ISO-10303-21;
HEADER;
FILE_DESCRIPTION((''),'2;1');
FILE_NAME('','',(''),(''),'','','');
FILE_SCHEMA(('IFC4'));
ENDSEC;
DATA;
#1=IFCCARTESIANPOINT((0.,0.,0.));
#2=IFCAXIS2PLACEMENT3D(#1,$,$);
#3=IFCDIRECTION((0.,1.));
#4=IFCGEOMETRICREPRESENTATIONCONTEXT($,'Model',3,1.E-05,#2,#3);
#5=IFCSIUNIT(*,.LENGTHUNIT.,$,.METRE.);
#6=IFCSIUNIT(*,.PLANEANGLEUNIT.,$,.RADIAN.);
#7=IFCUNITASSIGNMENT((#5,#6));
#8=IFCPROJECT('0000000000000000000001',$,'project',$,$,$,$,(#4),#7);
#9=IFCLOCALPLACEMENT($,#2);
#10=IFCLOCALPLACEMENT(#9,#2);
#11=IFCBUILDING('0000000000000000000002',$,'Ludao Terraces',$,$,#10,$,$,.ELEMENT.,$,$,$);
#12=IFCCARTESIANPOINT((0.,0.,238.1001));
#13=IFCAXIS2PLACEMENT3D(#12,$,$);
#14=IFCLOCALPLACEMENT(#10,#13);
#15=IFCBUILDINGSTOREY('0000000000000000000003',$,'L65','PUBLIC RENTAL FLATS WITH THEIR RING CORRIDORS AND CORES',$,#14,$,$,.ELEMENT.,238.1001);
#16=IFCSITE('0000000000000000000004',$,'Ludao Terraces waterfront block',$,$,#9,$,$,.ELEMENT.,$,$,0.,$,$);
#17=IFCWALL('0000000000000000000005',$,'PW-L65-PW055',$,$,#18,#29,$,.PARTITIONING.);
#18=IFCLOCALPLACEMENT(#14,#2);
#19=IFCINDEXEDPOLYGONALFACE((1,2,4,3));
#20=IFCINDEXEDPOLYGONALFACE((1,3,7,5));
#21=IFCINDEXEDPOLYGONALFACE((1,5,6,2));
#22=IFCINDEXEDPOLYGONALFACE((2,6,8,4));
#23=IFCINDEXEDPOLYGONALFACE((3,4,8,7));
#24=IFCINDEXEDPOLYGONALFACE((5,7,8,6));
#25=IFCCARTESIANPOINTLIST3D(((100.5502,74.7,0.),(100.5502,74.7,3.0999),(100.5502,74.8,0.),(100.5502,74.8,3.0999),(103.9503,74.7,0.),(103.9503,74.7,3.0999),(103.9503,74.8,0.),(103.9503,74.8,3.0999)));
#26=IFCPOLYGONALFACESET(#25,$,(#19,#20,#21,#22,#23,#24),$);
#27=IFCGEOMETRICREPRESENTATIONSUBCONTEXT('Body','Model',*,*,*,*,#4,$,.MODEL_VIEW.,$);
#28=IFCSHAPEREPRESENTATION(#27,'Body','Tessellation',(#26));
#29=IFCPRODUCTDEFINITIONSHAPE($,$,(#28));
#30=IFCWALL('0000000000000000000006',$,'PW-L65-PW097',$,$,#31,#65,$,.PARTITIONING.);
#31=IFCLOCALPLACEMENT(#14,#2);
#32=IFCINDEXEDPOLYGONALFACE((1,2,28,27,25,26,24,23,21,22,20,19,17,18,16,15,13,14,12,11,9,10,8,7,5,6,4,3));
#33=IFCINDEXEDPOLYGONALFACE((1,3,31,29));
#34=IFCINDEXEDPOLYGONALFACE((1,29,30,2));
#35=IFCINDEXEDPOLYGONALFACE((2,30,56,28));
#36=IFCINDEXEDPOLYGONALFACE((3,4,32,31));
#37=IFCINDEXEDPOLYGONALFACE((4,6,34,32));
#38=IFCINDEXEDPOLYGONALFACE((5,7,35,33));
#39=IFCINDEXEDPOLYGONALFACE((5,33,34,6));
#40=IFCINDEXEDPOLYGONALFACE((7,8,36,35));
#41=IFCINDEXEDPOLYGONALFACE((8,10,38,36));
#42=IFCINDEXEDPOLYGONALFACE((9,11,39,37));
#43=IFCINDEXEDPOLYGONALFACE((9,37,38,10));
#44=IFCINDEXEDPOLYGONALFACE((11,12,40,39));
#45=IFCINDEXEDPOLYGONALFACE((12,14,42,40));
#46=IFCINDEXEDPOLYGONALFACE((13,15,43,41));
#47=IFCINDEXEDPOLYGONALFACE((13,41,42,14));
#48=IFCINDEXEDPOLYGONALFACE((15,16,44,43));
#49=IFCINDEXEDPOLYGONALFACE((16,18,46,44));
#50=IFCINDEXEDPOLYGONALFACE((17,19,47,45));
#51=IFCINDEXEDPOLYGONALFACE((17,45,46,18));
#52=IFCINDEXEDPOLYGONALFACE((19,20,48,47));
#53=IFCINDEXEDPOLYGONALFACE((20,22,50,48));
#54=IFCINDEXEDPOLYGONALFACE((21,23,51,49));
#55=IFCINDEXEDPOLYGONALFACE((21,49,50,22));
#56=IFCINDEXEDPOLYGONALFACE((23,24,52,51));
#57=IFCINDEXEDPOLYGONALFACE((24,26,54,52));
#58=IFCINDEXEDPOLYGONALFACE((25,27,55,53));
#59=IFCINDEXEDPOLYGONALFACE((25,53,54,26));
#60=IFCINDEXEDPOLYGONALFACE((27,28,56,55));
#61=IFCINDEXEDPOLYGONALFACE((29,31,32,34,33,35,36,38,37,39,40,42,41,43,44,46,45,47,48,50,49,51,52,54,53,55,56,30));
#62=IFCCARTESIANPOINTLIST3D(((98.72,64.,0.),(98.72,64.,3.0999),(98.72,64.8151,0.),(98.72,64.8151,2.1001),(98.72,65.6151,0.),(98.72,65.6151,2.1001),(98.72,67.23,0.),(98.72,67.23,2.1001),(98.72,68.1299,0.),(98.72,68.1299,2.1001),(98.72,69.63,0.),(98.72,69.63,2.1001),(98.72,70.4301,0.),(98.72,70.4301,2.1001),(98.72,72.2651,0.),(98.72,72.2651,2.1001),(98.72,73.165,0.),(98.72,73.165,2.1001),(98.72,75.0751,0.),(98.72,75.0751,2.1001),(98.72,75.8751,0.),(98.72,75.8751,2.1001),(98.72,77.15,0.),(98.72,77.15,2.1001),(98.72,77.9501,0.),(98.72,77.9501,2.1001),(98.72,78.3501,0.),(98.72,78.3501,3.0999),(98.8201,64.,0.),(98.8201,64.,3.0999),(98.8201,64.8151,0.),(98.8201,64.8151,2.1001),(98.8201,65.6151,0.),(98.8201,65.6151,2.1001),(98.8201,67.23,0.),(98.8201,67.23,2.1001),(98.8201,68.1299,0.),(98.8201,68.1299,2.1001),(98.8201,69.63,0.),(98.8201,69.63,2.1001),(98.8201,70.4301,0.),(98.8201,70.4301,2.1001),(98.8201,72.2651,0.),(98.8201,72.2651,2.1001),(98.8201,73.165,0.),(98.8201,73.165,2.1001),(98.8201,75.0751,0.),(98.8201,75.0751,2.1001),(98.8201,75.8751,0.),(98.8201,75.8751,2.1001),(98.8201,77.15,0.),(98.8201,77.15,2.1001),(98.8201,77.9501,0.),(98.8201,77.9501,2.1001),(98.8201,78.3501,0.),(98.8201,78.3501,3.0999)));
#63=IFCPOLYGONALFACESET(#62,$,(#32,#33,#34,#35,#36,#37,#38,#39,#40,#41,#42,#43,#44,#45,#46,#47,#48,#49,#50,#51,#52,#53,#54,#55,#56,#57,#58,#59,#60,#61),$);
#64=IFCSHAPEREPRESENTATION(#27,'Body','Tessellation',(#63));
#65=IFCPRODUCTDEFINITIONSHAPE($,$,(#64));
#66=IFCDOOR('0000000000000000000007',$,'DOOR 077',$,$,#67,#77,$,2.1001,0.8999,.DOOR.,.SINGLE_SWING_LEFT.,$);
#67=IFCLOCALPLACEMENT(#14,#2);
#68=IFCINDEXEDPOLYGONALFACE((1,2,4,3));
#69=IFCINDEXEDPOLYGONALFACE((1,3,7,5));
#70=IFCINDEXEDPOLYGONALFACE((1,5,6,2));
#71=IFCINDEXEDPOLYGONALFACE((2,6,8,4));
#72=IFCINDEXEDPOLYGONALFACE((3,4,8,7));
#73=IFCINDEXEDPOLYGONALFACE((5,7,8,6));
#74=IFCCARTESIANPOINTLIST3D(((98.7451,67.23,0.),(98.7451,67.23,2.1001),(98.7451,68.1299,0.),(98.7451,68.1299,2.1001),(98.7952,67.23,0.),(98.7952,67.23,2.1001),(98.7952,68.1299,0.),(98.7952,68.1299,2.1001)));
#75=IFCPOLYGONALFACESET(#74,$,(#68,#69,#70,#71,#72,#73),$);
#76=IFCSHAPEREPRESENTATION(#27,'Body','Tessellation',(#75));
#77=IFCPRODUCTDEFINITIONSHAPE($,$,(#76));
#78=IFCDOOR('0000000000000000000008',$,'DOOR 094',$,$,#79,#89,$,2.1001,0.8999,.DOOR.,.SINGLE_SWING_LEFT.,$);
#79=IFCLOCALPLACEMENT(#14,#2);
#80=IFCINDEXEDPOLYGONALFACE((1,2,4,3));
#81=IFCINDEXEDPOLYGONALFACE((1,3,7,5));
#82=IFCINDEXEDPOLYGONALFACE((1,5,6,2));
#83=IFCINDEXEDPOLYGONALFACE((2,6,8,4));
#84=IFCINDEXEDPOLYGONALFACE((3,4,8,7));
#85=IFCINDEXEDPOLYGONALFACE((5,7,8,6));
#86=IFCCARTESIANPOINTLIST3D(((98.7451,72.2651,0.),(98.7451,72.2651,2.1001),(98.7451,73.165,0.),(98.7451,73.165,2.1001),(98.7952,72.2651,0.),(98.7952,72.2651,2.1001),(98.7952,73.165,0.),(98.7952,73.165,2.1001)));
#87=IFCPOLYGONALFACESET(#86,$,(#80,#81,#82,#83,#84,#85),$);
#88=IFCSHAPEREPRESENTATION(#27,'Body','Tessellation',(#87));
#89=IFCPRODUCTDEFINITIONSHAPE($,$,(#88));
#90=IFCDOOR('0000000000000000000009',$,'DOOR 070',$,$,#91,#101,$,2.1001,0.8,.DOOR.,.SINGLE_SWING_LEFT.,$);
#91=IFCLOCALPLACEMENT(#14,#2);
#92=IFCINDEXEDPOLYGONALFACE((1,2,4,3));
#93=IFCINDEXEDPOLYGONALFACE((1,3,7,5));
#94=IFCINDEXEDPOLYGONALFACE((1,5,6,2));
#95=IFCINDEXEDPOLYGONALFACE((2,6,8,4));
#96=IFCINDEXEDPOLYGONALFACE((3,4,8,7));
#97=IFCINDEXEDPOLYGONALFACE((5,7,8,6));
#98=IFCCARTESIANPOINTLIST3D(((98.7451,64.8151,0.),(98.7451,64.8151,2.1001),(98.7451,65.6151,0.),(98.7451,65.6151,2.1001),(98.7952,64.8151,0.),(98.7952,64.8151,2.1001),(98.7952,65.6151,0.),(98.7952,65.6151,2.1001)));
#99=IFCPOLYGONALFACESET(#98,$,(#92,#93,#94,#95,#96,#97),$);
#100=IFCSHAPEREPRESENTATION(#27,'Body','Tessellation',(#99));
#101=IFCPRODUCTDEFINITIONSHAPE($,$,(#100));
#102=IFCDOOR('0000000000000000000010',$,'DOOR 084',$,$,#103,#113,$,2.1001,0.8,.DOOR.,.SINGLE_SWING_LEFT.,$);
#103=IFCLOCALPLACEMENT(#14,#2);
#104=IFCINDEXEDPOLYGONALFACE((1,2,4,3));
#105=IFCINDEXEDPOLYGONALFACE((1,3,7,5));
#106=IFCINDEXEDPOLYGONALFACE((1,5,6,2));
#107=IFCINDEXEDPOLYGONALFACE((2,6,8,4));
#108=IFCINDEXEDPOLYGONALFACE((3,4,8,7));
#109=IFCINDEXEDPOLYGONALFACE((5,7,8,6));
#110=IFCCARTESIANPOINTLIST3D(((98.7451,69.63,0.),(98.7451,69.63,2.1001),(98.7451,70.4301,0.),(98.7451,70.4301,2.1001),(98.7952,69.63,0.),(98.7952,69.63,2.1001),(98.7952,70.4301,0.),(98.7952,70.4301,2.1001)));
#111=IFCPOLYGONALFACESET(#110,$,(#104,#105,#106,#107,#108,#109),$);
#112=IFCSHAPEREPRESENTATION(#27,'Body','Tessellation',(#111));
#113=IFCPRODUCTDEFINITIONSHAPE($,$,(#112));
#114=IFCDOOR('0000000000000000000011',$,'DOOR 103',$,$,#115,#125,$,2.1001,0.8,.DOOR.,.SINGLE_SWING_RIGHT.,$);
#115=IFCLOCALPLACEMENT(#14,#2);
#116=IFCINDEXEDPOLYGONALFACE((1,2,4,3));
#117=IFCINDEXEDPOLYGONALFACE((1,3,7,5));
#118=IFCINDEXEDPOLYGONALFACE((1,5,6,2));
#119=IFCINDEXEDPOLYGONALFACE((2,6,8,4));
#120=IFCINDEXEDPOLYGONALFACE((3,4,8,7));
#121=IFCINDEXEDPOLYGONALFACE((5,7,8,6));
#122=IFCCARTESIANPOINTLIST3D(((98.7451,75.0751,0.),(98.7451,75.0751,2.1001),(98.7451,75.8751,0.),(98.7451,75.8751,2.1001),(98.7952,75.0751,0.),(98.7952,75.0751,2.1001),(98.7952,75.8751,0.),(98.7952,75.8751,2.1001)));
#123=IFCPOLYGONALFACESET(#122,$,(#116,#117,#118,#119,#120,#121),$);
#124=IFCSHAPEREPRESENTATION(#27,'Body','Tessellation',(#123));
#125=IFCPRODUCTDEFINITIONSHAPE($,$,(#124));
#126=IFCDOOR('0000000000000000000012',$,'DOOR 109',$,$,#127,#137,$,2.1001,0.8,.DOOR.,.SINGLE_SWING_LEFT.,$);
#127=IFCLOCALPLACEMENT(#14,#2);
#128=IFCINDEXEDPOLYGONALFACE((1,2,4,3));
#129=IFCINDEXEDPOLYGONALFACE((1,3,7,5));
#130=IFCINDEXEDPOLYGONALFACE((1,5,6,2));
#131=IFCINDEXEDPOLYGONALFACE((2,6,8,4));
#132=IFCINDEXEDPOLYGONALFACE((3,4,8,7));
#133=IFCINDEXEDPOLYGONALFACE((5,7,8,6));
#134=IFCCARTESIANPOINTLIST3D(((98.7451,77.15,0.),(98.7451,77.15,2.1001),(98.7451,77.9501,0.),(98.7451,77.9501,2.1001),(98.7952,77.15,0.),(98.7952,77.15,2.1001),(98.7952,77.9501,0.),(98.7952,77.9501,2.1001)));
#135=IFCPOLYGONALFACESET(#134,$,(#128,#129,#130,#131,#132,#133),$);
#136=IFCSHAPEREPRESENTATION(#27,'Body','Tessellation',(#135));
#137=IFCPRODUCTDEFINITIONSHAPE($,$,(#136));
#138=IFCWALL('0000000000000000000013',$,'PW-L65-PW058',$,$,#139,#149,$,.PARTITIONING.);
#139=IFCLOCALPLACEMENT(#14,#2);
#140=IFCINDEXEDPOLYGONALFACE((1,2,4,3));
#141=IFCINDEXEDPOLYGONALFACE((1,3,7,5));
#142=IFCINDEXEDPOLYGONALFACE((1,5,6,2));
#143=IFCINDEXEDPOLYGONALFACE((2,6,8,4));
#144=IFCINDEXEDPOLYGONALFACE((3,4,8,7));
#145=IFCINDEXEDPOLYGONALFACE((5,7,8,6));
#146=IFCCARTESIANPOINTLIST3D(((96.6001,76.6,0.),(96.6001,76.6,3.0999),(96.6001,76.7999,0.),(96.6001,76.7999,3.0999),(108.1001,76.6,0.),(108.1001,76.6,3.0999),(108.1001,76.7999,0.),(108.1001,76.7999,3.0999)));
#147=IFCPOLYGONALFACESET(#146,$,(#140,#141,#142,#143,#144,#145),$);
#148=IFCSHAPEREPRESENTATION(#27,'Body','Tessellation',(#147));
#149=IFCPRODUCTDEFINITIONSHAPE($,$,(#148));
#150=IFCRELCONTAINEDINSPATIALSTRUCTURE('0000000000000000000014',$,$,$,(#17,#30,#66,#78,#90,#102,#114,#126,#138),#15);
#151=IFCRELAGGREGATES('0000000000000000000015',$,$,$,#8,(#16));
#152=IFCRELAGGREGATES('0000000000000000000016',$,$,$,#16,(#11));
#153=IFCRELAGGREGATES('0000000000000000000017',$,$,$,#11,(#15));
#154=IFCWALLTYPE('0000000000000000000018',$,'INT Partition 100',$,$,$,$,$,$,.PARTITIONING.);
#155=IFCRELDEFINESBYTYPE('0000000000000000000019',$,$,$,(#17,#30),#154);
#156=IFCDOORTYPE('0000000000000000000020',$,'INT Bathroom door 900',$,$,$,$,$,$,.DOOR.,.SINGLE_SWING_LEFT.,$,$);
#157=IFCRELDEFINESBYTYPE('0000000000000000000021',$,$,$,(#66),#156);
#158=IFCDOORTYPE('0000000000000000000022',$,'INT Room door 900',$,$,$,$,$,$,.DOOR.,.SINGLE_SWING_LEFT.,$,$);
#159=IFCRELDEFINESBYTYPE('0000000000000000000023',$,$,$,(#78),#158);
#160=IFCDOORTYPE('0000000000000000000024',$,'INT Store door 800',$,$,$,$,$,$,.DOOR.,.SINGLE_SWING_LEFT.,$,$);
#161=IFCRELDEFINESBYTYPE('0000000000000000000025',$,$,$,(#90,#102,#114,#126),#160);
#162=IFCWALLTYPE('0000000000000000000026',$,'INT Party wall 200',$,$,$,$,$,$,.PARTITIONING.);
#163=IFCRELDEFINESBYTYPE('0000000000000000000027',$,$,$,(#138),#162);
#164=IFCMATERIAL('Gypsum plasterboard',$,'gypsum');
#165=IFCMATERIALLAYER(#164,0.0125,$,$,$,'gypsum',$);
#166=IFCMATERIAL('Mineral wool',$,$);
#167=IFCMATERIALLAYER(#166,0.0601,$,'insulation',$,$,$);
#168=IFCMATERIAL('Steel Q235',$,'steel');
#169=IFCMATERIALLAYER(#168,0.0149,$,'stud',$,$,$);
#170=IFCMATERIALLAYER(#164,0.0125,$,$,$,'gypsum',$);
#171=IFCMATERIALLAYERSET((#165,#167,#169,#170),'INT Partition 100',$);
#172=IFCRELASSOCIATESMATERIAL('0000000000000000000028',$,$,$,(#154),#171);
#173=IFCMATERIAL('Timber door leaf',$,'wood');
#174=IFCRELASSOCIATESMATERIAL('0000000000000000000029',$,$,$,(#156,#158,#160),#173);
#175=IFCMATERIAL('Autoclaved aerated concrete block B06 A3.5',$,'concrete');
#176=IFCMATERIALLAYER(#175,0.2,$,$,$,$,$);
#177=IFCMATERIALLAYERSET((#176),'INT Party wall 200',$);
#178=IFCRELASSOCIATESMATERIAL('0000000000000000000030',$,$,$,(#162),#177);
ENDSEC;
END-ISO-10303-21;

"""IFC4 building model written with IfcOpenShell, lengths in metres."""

from ifc_helpers import new_model, si_unit, direction, frame, frame_2d, origin, place, context, subcontext, project, spatial, rectangle, extrude, material, layer, layer_set, type_object, element, fill, save


model = new_model("IFC4")

# Units and contexts
model_context = context("Model", 3, precision=1e-05, world=origin(), true_north=direction((0.0, 1.0)))
body_context = subcontext(model_context, "Body", "Model", "MODEL_VIEW")
ifc_project = project(units=[si_unit("LENGTHUNIT", "METRE"), si_unit("PLANEANGLEUNIT", "RADIAN")], contexts=[model_context])

# Site, building, storey
site_placement = place(None, origin())
site = spatial("IfcSite", under=ifc_project, at=site_placement, Name="Ludao Terraces waterfront block", CompositionType="ELEMENT", RefElevation=0.0)
building_placement = place(site_placement, origin())
building = spatial("IfcBuilding", under=site, at=building_placement, Name="Ludao Terraces", CompositionType="ELEMENT")
storey_placement = place(building_placement, frame((0.0, 0.0, 238.1001)))
storey = spatial("IfcBuildingStorey", under=building, at=storey_placement, Name="L65", Description="PUBLIC RENTAL FLATS WITH THEIR RING CORRIDORS AND CORES", CompositionType="ELEMENT", Elevation=238.1001)

# Shared definitions
ifc_material_1 = material(Name="Mineral wool")

# Wall
ifc_material_2 = material(Name="Gypsum plasterboard", Category="gypsum")
ifc_layer_1 = layer(ifc_material_2, 0.0125, Category="gypsum")
ifc_layer_2 = layer(ifc_material_1, 0.0601, Name="insulation")
ifc_material_3 = material(Name="Steel Q235", Category="steel")
ifc_layer_3 = layer(ifc_material_3, 0.0149, Name="stud")
ifc_layer_4 = layer(ifc_material_2, 0.0125, Category="gypsum")
ifc_layer_set_1 = layer_set([ifc_layer_1, ifc_layer_2, ifc_layer_3, ifc_layer_4], Name="INT Partition 100")
wall_type_1 = type_object("IfcWallType", Name="INT Partition 100", PredefinedType="PARTITIONING", material=ifc_layer_set_1)
wall_1_placement = place(storey_placement, frame((100.55, 74.75, 0.0), z_axis=(0.0, 0.0, 1.0), x_axis=(1.0, 0.0, 0.0)))
element("IfcWall", 1, at=wall_1_placement, inside=storey, type_object=wall_type_1, Name="PW-L65-PW055", PredefinedType="PARTITIONING", context=body_context, shape_type="SweptSolid", body=[
    extrude(rectangle(XDim=3.4001, YDim=0.1001, at=frame_2d((1.7002, 0.0))), origin(), (0.0, 0.0, 1.0), 3.0999),
])

# Wall, openings, doors
wall_2_placement = place(storey_placement, frame((98.77, 64.0, 0.0), z_axis=(0.0, 0.0, 1.0), x_axis=(0.0, 1.0, 0.0)))
wall_2 = element("IfcWall", 2, at=wall_2_placement, inside=storey, type_object=wall_type_1, Name="PW-L65-PW097", PredefinedType="PARTITIONING", context=body_context, shape_type="SweptSolid", body=[
    extrude(rectangle(XDim=14.3501, YDim=0.1001, at=frame_2d((7.175, 0.0))), origin(), (0.0, 0.0, 1.0), 3.0999),
])
opening_1_placement = place(wall_2_placement, frame((0.8152, 0.0, 0.0)))
opening_1 = element("IfcOpeningElement", 3, at=opening_1_placement, cuts=wall_2, PredefinedType="OPENING", context=body_context, shape_type="SweptSolid", body=[
    extrude(rectangle(XDim=0.8, YDim=2.1001, at=frame_2d((0.3999, 1.05))), frame((0.0, 0.0601, 0.0), z_axis=(0.0, -1.0, 0.0), x_axis=(1.0, 0.0, 0.0)), (0.0, 0.0, 1.0), 0.1201),
])
opening_2_placement = place(wall_2_placement, frame((3.23, 0.0, 0.0)))
opening_2 = element("IfcOpeningElement", 4, at=opening_2_placement, cuts=wall_2, PredefinedType="OPENING", context=body_context, shape_type="SweptSolid", body=[
    extrude(rectangle(XDim=0.8999, YDim=2.1001, at=frame_2d((0.45, 1.05))), frame((0.0, 0.0601, 0.0), z_axis=(0.0, -1.0, 0.0), x_axis=(1.0, 0.0, 0.0)), (0.0, 0.0, 1.0), 0.1201),
])
opening_3_placement = place(wall_2_placement, frame((5.6301, 0.0, 0.0)))
opening_3 = element("IfcOpeningElement", 5, at=opening_3_placement, cuts=wall_2, PredefinedType="OPENING", context=body_context, shape_type="SweptSolid", body=[
    extrude(rectangle(XDim=0.8, YDim=2.1001, at=frame_2d((0.3999, 1.05))), frame((0.0, 0.0601, 0.0), z_axis=(0.0, -1.0, 0.0), x_axis=(1.0, 0.0, 0.0)), (0.0, 0.0, 1.0), 0.1201),
])
opening_4_placement = place(wall_2_placement, frame((8.2651, 0.0, 0.0)))
opening_4 = element("IfcOpeningElement", 6, at=opening_4_placement, cuts=wall_2, PredefinedType="OPENING", context=body_context, shape_type="SweptSolid", body=[
    extrude(rectangle(XDim=0.8999, YDim=2.1001, at=frame_2d((0.45, 1.05))), frame((0.0, 0.0601, 0.0), z_axis=(0.0, -1.0, 0.0), x_axis=(1.0, 0.0, 0.0)), (0.0, 0.0, 1.0), 0.1201),
])
opening_5_placement = place(wall_2_placement, frame((11.0752, 0.0, 0.0)))
opening_5 = element("IfcOpeningElement", 7, at=opening_5_placement, cuts=wall_2, PredefinedType="OPENING", context=body_context, shape_type="SweptSolid", body=[
    extrude(rectangle(XDim=0.8, YDim=2.1001, at=frame_2d((0.3999, 1.05))), frame((0.0, 0.0601, 0.0), z_axis=(0.0, -1.0, 0.0), x_axis=(1.0, 0.0, 0.0)), (0.0, 0.0, 1.0), 0.1201),
])
opening_6_placement = place(wall_2_placement, frame((13.1501, 0.0, 0.0)))
opening_6 = element("IfcOpeningElement", 8, at=opening_6_placement, cuts=wall_2, PredefinedType="OPENING", context=body_context, shape_type="SweptSolid", body=[
    extrude(rectangle(XDim=0.8, YDim=2.1001, at=frame_2d((0.3999, 1.05))), frame((0.0, 0.0601, 0.0), z_axis=(0.0, -1.0, 0.0), x_axis=(1.0, 0.0, 0.0)), (0.0, 0.0, 1.0), 0.1201),
])
ifc_material_4 = material(Name="Timber door leaf", Category="wood")
door_type_1 = type_object("IfcDoorType", Name="INT Bathroom door 900", OperationType="SINGLE_SWING_LEFT", PredefinedType="DOOR", material=ifc_material_4)
door_1_placement = place(opening_2_placement, origin())
door_1 = element("IfcDoor", 9, at=door_1_placement, inside=storey, type_object=door_type_1, Name="DOOR 077", OperationType="SINGLE_SWING_LEFT", OverallHeight=2.1001, OverallWidth=0.8999, PredefinedType="DOOR", context=body_context, shape_type="SweptSolid", body=[
    extrude(rectangle(XDim=0.8999, YDim=2.1001, at=frame_2d((0.45, 1.05))), frame((0.0, 0.0249, 0.0), z_axis=(0.0, -1.0, 0.0), x_axis=(1.0, 0.0, 0.0)), (0.0, 0.0, 1.0), 0.05),
])
fill(opening_2, door_1)
door_type_2 = type_object("IfcDoorType", Name="INT Room door 900", OperationType="SINGLE_SWING_LEFT", PredefinedType="DOOR", material=ifc_material_4)
door_2_placement = place(opening_4_placement, origin())
door_2 = element("IfcDoor", 10, at=door_2_placement, inside=storey, type_object=door_type_2, Name="DOOR 094", OperationType="SINGLE_SWING_LEFT", OverallHeight=2.1001, OverallWidth=0.8999, PredefinedType="DOOR", context=body_context, shape_type="SweptSolid", body=[
    extrude(rectangle(XDim=0.8999, YDim=2.1001, at=frame_2d((0.45, 1.05))), frame((0.0, 0.0249, 0.0), z_axis=(0.0, -1.0, 0.0), x_axis=(1.0, 0.0, 0.0)), (0.0, 0.0, 1.0), 0.05),
])
fill(opening_4, door_2)
door_type_3 = type_object("IfcDoorType", Name="INT Store door 800", OperationType="SINGLE_SWING_LEFT", PredefinedType="DOOR", material=ifc_material_4)
door_3_placement = place(opening_1_placement, origin())
door_3 = element("IfcDoor", 11, at=door_3_placement, inside=storey, type_object=door_type_3, Name="DOOR 070", OperationType="SINGLE_SWING_LEFT", OverallHeight=2.1001, OverallWidth=0.8, PredefinedType="DOOR", context=body_context, shape_type="SweptSolid", body=[
    extrude(rectangle(XDim=0.8, YDim=2.1001, at=frame_2d((0.3999, 1.05))), frame((0.0, 0.0249, 0.0), z_axis=(0.0, -1.0, 0.0), x_axis=(1.0, 0.0, 0.0)), (0.0, 0.0, 1.0), 0.05),
])
fill(opening_1, door_3)
door_4_placement = place(opening_3_placement, origin())
door_4 = element("IfcDoor", 12, at=door_4_placement, inside=storey, type_object=door_type_3, Name="DOOR 084", OperationType="SINGLE_SWING_LEFT", OverallHeight=2.1001, OverallWidth=0.8, PredefinedType="DOOR", context=body_context, shape_type="SweptSolid", body=[
    extrude(rectangle(XDim=0.8, YDim=2.1001, at=frame_2d((0.3999, 1.05))), frame((0.0, 0.0249, 0.0), z_axis=(0.0, -1.0, 0.0), x_axis=(1.0, 0.0, 0.0)), (0.0, 0.0, 1.0), 0.05),
])
fill(opening_3, door_4)
door_5_placement = place(opening_5_placement, origin())
door_5 = element("IfcDoor", 13, at=door_5_placement, inside=storey, type_object=door_type_3, Name="DOOR 103", OperationType="SINGLE_SWING_RIGHT", OverallHeight=2.1001, OverallWidth=0.8, PredefinedType="DOOR", context=body_context, shape_type="SweptSolid", body=[
    extrude(rectangle(XDim=0.8, YDim=2.1001, at=frame_2d((0.3999, 1.05))), frame((0.0, 0.0249, 0.0), z_axis=(0.0, -1.0, 0.0), x_axis=(1.0, 0.0, 0.0)), (0.0, 0.0, 1.0), 0.05),
])
fill(opening_5, door_5)
door_6_placement = place(opening_6_placement, origin())
door_6 = element("IfcDoor", 14, at=door_6_placement, inside=storey, type_object=door_type_3, Name="DOOR 109", OperationType="SINGLE_SWING_LEFT", OverallHeight=2.1001, OverallWidth=0.8, PredefinedType="DOOR", context=body_context, shape_type="SweptSolid", body=[
    extrude(rectangle(XDim=0.8, YDim=2.1001, at=frame_2d((0.3999, 1.05))), frame((0.0, 0.0249, 0.0), z_axis=(0.0, -1.0, 0.0), x_axis=(1.0, 0.0, 0.0)), (0.0, 0.0, 1.0), 0.05),
])
fill(opening_6, door_6)

# Wall
ifc_material_5 = material(Name="Autoclaved aerated concrete block B06 A3.5", Category="concrete")
ifc_layer_5 = layer(ifc_material_5, 0.2)
ifc_layer_set_2 = layer_set([ifc_layer_5], Name="INT Party wall 200")
wall_type_2 = type_object("IfcWallType", Name="INT Party wall 200", PredefinedType="PARTITIONING", material=ifc_layer_set_2)
wall_3_placement = place(storey_placement, frame((96.6001, 76.7, 0.0), z_axis=(0.0, 0.0, 1.0), x_axis=(1.0, 0.0, 0.0)))
element("IfcWall", 15, at=wall_3_placement, inside=storey, type_object=wall_type_2, Name="PW-L65-PW058", PredefinedType="PARTITIONING", context=body_context, shape_type="SweptSolid", body=[
    extrude(rectangle(XDim=11.5, YDim=0.2, at=frame_2d((5.75, 0.0))), origin(), (0.0, 0.0, 1.0), 3.0999),
])

save(model, "model.ifc")
